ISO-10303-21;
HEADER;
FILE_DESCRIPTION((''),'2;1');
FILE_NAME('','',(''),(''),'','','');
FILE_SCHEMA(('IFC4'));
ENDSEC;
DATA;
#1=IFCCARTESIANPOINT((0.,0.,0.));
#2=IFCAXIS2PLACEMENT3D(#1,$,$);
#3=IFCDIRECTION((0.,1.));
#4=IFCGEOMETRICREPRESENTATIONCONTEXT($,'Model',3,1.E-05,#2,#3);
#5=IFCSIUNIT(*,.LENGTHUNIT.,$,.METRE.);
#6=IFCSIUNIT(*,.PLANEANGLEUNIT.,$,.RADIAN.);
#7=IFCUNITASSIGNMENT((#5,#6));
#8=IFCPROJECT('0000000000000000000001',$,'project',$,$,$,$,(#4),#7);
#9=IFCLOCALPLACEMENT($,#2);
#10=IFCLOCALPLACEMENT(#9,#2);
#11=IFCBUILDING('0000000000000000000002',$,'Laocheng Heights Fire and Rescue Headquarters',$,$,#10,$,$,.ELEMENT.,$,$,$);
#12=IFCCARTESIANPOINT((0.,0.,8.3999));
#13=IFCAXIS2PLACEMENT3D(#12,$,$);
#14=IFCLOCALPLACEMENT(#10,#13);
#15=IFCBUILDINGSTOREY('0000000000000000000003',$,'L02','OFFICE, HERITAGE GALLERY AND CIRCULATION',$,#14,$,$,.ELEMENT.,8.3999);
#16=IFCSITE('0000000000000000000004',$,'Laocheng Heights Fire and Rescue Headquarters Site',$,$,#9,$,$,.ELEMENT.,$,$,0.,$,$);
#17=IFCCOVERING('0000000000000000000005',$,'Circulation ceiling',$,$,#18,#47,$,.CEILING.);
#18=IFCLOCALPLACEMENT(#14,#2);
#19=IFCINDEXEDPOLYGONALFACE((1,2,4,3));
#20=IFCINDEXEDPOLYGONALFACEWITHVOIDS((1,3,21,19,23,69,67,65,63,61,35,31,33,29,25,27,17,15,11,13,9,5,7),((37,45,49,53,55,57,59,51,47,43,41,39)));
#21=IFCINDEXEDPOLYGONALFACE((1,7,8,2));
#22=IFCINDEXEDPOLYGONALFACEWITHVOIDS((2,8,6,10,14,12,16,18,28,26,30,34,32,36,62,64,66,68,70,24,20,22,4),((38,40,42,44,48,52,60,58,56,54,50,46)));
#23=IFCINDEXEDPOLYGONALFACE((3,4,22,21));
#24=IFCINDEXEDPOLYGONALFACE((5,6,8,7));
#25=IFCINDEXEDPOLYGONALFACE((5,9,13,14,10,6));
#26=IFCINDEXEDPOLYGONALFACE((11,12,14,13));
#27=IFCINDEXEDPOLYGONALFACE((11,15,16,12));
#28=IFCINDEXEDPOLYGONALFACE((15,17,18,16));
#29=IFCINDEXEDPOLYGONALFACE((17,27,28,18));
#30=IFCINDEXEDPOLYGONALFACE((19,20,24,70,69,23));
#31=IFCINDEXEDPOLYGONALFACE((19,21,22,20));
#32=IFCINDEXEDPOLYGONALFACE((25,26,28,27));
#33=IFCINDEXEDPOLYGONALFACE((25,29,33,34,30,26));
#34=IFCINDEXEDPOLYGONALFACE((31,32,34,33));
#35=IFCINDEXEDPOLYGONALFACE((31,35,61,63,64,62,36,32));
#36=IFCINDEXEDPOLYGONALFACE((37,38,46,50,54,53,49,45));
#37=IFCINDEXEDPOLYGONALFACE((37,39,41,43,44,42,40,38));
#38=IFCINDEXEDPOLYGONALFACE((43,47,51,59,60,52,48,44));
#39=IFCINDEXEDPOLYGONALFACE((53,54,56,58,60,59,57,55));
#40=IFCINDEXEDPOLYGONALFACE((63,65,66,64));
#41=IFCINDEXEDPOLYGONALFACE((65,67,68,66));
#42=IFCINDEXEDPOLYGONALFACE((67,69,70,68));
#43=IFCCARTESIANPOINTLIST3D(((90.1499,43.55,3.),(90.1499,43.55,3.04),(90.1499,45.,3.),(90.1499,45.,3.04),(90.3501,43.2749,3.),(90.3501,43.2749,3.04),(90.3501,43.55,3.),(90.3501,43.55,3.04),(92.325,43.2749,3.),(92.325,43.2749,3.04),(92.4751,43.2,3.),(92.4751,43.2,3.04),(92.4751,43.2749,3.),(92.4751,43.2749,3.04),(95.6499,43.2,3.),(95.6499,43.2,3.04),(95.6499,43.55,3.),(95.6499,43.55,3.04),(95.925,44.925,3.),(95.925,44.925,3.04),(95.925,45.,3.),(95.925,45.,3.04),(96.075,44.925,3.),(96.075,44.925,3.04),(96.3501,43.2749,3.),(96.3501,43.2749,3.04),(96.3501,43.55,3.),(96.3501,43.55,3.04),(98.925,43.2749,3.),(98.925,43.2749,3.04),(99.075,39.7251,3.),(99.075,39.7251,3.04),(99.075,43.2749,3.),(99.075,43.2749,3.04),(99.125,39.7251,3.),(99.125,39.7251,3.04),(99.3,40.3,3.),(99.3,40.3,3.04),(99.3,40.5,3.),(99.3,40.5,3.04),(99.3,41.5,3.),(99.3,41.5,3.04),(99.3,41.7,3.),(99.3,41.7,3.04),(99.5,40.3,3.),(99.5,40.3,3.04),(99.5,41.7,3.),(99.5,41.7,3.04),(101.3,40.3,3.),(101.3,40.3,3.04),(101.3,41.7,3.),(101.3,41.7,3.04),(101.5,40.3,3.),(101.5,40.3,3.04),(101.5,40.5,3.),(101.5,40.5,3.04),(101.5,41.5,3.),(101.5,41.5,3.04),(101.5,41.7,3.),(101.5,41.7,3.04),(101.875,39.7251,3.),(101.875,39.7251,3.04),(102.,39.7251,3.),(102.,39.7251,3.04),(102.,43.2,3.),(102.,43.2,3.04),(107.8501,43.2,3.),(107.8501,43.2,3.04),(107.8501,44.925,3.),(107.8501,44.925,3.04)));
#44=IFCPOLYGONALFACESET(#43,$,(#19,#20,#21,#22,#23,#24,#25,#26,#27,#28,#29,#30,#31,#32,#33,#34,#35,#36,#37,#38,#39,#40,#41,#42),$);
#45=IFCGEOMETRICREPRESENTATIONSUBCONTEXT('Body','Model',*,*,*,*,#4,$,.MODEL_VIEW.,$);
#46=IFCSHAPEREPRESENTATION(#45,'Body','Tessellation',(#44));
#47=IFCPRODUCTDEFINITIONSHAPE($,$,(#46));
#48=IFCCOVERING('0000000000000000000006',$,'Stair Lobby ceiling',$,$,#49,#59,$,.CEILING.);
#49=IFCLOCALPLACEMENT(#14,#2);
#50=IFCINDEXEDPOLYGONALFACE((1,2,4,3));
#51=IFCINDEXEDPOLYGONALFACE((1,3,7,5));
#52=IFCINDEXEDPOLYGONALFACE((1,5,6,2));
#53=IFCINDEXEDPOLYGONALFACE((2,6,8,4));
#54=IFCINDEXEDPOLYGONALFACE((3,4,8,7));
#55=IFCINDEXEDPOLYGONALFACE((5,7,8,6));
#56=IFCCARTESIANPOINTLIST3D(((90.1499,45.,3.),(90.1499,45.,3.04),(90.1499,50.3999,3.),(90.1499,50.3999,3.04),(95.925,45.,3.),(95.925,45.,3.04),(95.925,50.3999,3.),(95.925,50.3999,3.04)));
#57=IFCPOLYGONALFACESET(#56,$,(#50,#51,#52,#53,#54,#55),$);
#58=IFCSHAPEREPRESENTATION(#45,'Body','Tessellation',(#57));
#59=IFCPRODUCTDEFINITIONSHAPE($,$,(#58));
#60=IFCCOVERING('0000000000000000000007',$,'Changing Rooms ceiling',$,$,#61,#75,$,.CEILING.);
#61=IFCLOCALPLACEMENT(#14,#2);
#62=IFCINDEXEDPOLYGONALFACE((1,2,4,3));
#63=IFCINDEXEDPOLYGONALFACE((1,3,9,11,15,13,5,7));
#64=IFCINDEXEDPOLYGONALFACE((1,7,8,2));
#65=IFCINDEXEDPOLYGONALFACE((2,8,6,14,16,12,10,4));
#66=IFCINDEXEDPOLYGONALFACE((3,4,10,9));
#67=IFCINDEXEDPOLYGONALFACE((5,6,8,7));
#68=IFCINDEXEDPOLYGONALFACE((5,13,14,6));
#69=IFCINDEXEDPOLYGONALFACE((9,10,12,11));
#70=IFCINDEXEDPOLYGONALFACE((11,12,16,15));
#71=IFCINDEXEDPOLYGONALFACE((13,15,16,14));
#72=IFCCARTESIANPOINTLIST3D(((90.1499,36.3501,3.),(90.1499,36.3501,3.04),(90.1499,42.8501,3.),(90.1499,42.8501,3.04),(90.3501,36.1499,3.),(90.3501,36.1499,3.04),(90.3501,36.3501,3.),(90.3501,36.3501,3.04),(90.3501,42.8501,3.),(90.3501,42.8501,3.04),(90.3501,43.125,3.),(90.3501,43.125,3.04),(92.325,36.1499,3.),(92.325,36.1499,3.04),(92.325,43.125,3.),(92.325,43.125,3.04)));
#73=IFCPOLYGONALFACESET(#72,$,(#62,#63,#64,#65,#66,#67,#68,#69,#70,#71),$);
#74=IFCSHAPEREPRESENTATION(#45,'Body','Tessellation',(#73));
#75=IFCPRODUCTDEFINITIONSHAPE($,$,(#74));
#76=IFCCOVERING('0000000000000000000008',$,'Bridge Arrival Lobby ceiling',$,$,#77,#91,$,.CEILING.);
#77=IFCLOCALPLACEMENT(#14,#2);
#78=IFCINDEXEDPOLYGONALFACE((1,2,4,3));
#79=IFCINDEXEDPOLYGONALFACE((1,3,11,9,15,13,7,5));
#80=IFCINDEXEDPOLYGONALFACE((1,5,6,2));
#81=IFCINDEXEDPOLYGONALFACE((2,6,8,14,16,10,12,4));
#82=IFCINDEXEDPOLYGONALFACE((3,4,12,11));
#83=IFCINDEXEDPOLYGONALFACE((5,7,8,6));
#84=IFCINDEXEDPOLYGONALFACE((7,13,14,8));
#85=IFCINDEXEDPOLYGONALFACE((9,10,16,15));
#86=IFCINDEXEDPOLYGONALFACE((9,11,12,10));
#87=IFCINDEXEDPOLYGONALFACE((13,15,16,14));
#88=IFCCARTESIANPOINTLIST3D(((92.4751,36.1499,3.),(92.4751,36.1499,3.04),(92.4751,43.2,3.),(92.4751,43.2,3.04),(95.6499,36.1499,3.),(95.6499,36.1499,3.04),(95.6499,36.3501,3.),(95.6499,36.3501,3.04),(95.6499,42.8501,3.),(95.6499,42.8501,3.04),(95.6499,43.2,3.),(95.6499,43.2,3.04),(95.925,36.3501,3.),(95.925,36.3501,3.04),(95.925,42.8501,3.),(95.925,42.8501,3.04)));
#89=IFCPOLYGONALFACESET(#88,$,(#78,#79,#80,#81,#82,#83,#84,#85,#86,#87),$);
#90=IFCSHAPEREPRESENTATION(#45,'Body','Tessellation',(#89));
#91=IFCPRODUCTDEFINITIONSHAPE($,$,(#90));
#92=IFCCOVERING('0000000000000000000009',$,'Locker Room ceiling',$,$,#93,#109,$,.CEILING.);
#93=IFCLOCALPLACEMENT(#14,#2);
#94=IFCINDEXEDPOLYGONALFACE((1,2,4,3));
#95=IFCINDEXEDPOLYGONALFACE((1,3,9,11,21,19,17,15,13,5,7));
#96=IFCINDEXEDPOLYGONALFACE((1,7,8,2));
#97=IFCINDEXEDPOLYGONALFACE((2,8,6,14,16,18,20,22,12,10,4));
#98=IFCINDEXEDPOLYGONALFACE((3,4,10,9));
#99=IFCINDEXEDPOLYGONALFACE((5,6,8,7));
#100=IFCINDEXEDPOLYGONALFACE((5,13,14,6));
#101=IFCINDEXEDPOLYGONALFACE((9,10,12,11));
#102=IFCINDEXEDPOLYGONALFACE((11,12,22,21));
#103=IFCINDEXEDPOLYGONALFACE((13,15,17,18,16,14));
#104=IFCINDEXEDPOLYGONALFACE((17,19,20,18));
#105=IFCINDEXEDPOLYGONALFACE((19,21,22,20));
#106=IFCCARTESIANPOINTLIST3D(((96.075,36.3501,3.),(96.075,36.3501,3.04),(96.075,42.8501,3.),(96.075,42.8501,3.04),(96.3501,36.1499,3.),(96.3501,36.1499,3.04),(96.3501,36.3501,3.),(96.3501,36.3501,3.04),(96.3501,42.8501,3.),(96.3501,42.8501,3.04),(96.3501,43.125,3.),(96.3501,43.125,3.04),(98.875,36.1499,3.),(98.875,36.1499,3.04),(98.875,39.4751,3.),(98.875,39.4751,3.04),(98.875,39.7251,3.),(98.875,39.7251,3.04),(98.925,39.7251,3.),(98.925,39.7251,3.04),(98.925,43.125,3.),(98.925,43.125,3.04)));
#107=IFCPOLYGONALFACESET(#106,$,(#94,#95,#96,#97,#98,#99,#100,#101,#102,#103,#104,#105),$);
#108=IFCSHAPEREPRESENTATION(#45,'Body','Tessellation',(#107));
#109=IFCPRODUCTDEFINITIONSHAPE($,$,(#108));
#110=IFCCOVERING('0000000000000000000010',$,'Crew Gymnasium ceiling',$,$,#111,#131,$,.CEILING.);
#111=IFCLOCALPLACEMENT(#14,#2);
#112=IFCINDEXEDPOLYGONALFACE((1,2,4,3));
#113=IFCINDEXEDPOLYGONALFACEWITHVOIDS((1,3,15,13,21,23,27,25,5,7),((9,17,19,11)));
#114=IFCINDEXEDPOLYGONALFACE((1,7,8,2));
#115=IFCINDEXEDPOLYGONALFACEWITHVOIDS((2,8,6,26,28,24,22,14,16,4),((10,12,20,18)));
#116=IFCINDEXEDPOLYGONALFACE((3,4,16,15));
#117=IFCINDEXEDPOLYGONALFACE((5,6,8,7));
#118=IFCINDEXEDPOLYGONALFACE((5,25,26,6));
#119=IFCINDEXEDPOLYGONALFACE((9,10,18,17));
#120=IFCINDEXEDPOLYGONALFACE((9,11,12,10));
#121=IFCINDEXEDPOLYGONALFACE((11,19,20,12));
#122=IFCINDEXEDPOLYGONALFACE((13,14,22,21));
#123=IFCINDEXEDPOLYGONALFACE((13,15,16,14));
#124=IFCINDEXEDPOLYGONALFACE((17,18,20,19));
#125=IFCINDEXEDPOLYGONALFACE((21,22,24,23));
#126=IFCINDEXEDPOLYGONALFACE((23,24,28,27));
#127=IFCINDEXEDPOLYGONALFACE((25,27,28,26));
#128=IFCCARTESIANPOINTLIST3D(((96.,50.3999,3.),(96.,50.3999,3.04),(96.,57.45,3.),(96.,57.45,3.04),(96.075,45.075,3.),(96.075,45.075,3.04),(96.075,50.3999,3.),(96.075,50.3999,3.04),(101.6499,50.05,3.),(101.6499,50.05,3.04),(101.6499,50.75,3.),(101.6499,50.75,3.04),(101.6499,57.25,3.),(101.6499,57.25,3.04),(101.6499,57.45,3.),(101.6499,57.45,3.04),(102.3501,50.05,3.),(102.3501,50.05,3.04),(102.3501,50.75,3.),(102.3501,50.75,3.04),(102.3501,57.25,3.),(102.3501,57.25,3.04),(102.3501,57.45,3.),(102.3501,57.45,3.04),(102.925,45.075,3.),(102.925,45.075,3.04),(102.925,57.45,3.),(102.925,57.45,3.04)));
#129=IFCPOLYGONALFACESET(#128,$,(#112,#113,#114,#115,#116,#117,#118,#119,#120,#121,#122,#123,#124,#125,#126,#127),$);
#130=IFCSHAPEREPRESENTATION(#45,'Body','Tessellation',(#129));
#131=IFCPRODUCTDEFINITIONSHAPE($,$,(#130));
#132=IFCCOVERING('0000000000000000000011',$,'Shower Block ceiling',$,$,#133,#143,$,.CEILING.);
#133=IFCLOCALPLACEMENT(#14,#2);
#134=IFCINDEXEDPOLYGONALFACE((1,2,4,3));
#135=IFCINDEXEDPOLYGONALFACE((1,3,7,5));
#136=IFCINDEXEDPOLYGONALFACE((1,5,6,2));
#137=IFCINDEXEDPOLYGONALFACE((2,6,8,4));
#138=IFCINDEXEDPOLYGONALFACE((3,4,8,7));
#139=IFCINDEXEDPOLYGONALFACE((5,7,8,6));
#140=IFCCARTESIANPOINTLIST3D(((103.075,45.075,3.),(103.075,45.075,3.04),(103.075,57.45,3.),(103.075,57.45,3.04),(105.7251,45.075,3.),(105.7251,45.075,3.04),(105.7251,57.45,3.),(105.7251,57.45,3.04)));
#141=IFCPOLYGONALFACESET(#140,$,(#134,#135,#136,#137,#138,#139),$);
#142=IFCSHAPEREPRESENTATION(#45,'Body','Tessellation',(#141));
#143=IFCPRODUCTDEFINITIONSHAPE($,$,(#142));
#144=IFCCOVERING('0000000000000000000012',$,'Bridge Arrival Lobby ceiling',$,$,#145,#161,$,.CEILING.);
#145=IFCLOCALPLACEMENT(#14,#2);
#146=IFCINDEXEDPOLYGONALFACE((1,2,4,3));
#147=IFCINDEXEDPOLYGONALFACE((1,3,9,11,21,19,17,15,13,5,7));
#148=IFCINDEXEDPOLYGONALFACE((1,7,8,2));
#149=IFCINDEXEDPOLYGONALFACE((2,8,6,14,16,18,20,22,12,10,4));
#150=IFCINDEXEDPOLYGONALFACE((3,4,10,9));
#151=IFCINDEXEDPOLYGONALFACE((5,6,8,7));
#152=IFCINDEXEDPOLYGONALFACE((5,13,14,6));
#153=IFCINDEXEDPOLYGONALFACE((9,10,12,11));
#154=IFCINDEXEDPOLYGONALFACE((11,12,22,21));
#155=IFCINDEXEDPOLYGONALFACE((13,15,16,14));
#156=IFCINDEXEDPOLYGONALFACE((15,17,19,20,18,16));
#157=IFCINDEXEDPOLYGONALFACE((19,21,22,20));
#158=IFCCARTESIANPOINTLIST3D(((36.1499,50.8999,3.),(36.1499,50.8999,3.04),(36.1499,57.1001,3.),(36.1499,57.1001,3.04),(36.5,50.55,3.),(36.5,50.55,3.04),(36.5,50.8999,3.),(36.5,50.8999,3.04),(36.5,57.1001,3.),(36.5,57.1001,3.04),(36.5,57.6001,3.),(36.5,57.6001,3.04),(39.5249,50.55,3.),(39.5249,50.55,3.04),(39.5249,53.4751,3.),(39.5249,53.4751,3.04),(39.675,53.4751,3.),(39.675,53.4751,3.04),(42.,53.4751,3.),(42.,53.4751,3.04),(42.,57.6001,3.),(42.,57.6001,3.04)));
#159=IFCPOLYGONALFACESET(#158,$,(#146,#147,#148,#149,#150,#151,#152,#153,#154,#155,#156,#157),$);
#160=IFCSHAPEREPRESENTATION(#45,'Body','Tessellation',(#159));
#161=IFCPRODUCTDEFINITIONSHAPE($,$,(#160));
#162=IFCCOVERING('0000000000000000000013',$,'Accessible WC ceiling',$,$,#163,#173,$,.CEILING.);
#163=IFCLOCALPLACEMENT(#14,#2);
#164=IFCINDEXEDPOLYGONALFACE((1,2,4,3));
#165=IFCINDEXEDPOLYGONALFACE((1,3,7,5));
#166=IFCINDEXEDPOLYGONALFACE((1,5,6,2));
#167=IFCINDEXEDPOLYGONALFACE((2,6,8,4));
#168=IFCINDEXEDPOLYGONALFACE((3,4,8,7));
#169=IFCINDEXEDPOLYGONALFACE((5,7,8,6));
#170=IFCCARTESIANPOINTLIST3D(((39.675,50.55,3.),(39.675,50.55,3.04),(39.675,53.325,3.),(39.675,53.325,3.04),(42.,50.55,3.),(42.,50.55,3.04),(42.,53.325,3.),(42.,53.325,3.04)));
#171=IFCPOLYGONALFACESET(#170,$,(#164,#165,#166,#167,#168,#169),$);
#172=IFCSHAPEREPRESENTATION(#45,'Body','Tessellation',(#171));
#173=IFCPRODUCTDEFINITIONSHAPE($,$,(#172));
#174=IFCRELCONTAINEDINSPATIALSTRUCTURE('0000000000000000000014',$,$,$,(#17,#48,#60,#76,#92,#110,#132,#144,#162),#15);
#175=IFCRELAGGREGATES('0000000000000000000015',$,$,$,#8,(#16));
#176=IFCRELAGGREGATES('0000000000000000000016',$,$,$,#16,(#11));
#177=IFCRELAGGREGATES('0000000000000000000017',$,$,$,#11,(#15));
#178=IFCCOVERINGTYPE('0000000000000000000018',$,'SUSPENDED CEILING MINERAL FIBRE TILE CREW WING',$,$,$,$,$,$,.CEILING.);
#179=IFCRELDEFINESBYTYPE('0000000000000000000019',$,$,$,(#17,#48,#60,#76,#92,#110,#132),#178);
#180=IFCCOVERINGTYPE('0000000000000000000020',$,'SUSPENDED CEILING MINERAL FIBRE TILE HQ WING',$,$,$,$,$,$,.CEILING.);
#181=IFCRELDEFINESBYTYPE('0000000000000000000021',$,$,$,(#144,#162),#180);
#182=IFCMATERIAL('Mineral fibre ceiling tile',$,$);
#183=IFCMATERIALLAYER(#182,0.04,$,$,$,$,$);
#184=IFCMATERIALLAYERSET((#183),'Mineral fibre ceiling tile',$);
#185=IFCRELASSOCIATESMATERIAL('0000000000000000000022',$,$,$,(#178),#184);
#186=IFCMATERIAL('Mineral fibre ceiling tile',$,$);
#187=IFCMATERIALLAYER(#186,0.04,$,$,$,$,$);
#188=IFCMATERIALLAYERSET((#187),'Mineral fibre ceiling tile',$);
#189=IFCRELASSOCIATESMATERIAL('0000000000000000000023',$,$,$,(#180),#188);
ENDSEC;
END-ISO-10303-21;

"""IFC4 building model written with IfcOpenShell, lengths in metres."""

from ifc_helpers import new_model, si_unit, direction, frame, origin, place, context, subcontext, project, spatial, polyline, outline, extrude, material, layer, layer_set, type_object, element, save


model = new_model("IFC4")

# Units and contexts
model_context = context("Model", 3, precision=1e-05, world=origin(), true_north=direction((0.0, 1.0)))
body_context = subcontext(model_context, "Body", "Model", "MODEL_VIEW")
ifc_project = project(units=[si_unit("LENGTHUNIT", "METRE"), si_unit("PLANEANGLEUNIT", "RADIAN")], contexts=[model_context])

# Site, building, storey
site_placement = place(None, origin())
site = spatial("IfcSite", under=ifc_project, at=site_placement, Name="Laocheng Heights Fire and Rescue Headquarters Site", CompositionType="ELEMENT", RefElevation=0.0)
building_placement = place(site_placement, origin())
building = spatial("IfcBuilding", under=site, at=building_placement, Name="Laocheng Heights Fire and Rescue Headquarters", CompositionType="ELEMENT")
storey_placement = place(building_placement, frame((0.0, 0.0, 8.3999)))
storey = spatial("IfcBuildingStorey", under=building, at=storey_placement, Name="L02", Description="OFFICE, HERITAGE GALLERY AND CIRCULATION", CompositionType="ELEMENT", Elevation=8.3999)

# Coverings
ifc_material_1 = material(Name="Mineral fibre ceiling tile")
ifc_layer_1 = layer(ifc_material_1, 0.04)
ifc_layer_set_1 = layer_set([ifc_layer_1], Name="Mineral fibre ceiling tile")
covering_type_1 = type_object("IfcCoveringType", Name="SUSPENDED CEILING MINERAL FIBRE TILE CREW WING", PredefinedType="CEILING", material=ifc_layer_set_1)
covering_1_placement = place(storey_placement, frame((0.0, 0.0, 3.0)))
element("IfcCovering", 1, at=covering_1_placement, inside=storey, type_object=covering_type_1, Name="Circulation ceiling", PredefinedType="CEILING", context=body_context, shape_type="SweptSolid", body=[
    extrude(outline(polyline([(92.4751, 43.2749), (92.325, 43.2749), (90.3501, 43.2749), (90.3501, 43.55), (90.1499, 43.55), (90.1499, 45.0), (95.925, 45.0), (95.925, 44.925), (96.075, 44.925), (107.8501, 44.925), (107.8501, 43.2), (102.0, 43.2), (102.0, 39.7251), (101.875, 39.7251), (99.125, 39.7251), (99.075, 39.7251), (99.075, 43.2749), (98.925, 43.2749), (96.3501, 43.2749), (96.3501, 43.55), (95.6499, 43.55), (95.6499, 43.2), (92.4751, 43.2), (92.4751, 43.2749)]), holes=[polyline([(101.3, 40.3), (101.5, 40.3), (101.5, 40.5), (101.5, 41.5), (101.5, 41.7), (101.3, 41.7), (99.5, 41.7), (99.3, 41.7), (99.3, 41.5), (99.3, 40.5), (99.3, 40.3), (99.5, 40.3), (101.3, 40.3)])]), origin(), (0.0, 0.0, 1.0), 0.04),
])
covering_2_placement = place(storey_placement, frame((0.0, 0.0, 3.0)))
element("IfcCovering", 2, at=covering_2_placement, inside=storey, type_object=covering_type_1, Name="Stair Lobby ceiling", PredefinedType="CEILING", context=body_context, shape_type="SweptSolid", body=[
    extrude(outline(polyline([(95.925, 45.0), (90.1499, 45.0), (90.1499, 50.3999), (95.925, 50.3999), (95.925, 45.0)])), origin(), (0.0, 0.0, 1.0), 0.04),
])
covering_3_placement = place(storey_placement, frame((0.0, 0.0, 3.0)))
element("IfcCovering", 3, at=covering_3_placement, inside=storey, type_object=covering_type_1, Name="Changing Rooms ceiling", PredefinedType="CEILING", context=body_context, shape_type="SweptSolid", body=[
    extrude(outline(polyline([(90.3501, 36.1499), (90.3501, 36.3501), (90.1499, 36.3501), (90.1499, 42.8501), (90.3501, 42.8501), (90.3501, 43.125), (92.325, 43.125), (92.325, 36.1499), (90.3501, 36.1499)])), origin(), (0.0, 0.0, 1.0), 0.04),
])
covering_4_placement = place(storey_placement, frame((0.0, 0.0, 3.0)))
element("IfcCovering", 4, at=covering_4_placement, inside=storey, type_object=covering_type_1, Name="Bridge Arrival Lobby ceiling", PredefinedType="CEILING", context=body_context, shape_type="SweptSolid", body=[
    extrude(outline(polyline([(95.925, 36.3501), (95.6499, 36.3501), (95.6499, 36.1499), (92.4751, 36.1499), (92.4751, 43.2), (95.6499, 43.2), (95.6499, 42.8501), (95.925, 42.8501), (95.925, 36.3501)])), origin(), (0.0, 0.0, 1.0), 0.04),
])
covering_5_placement = place(storey_placement, frame((0.0, 0.0, 3.0)))
element("IfcCovering", 5, at=covering_5_placement, inside=storey, type_object=covering_type_1, Name="Locker Room ceiling", PredefinedType="CEILING", context=body_context, shape_type="SweptSolid", body=[
    extrude(outline(polyline([(96.075, 42.8501), (96.3501, 42.8501), (96.3501, 43.125), (98.925, 43.125), (98.925, 39.7251), (98.875, 39.7251), (98.875, 39.4751), (98.875, 36.1499), (96.3501, 36.1499), (96.3501, 36.3501), (96.075, 36.3501), (96.075, 42.8501)])), origin(), (0.0, 0.0, 1.0), 0.04),
])
covering_6_placement = place(storey_placement, frame((0.0, 0.0, 3.0)))
element("IfcCovering", 6, at=covering_6_placement, inside=storey, type_object=covering_type_1, Name="Crew Gymnasium ceiling", PredefinedType="CEILING", context=body_context, shape_type="SweptSolid", body=[
    extrude(outline(polyline([(101.6499, 57.45), (101.6499, 57.25), (102.3501, 57.25), (102.3501, 57.45), (102.925, 57.45), (102.925, 45.075), (96.075, 45.075), (96.075, 50.3999), (96.0, 50.3999), (96.0, 57.45), (101.6499, 57.45)]), holes=[polyline([(101.6499, 50.75), (101.6499, 50.05), (102.3501, 50.05), (102.3501, 50.75), (101.6499, 50.75)])]), origin(), (0.0, 0.0, 1.0), 0.04),
])
covering_7_placement = place(storey_placement, frame((0.0, 0.0, 3.0)))
element("IfcCovering", 7, at=covering_7_placement, inside=storey, type_object=covering_type_1, Name="Shower Block ceiling", PredefinedType="CEILING", context=body_context, shape_type="SweptSolid", body=[
    extrude(outline(polyline([(105.7251, 45.075), (103.075, 45.075), (103.075, 57.45), (105.7251, 57.45), (105.7251, 45.075)])), origin(), (0.0, 0.0, 1.0), 0.04),
])
ifc_material_2 = material(Name="Mineral fibre ceiling tile")
ifc_layer_2 = layer(ifc_material_2, 0.04)
ifc_layer_set_2 = layer_set([ifc_layer_2], Name="Mineral fibre ceiling tile")
covering_type_2 = type_object("IfcCoveringType", Name="SUSPENDED CEILING MINERAL FIBRE TILE HQ WING", PredefinedType="CEILING", material=ifc_layer_set_2)
covering_8_placement = place(storey_placement, frame((0.0, 0.0, 3.0)))
element("IfcCovering", 8, at=covering_8_placement, inside=storey, type_object=covering_type_2, Name="Bridge Arrival Lobby ceiling", PredefinedType="CEILING", context=body_context, shape_type="SweptSolid", body=[
    extrude(outline(polyline([(42.0, 53.4751), (39.675, 53.4751), (39.5249, 53.4751), (39.5249, 50.55), (36.5, 50.55), (36.5, 50.8999), (36.1499, 50.8999), (36.1499, 57.1001), (36.5, 57.1001), (36.5, 57.6001), (42.0, 57.6001), (42.0, 53.4751)])), origin(), (0.0, 0.0, 1.0), 0.04),
])
covering_9_placement = place(storey_placement, frame((0.0, 0.0, 3.0)))
element("IfcCovering", 9, at=covering_9_placement, inside=storey, type_object=covering_type_2, Name="Accessible WC ceiling", PredefinedType="CEILING", context=body_context, shape_type="SweptSolid", body=[
    extrude(outline(polyline([(39.675, 50.55), (39.675, 53.325), (42.0, 53.325), (42.0, 50.55), (39.675, 50.55)])), origin(), (0.0, 0.0, 1.0), 0.04),
])

save(model, "model.ifc")
